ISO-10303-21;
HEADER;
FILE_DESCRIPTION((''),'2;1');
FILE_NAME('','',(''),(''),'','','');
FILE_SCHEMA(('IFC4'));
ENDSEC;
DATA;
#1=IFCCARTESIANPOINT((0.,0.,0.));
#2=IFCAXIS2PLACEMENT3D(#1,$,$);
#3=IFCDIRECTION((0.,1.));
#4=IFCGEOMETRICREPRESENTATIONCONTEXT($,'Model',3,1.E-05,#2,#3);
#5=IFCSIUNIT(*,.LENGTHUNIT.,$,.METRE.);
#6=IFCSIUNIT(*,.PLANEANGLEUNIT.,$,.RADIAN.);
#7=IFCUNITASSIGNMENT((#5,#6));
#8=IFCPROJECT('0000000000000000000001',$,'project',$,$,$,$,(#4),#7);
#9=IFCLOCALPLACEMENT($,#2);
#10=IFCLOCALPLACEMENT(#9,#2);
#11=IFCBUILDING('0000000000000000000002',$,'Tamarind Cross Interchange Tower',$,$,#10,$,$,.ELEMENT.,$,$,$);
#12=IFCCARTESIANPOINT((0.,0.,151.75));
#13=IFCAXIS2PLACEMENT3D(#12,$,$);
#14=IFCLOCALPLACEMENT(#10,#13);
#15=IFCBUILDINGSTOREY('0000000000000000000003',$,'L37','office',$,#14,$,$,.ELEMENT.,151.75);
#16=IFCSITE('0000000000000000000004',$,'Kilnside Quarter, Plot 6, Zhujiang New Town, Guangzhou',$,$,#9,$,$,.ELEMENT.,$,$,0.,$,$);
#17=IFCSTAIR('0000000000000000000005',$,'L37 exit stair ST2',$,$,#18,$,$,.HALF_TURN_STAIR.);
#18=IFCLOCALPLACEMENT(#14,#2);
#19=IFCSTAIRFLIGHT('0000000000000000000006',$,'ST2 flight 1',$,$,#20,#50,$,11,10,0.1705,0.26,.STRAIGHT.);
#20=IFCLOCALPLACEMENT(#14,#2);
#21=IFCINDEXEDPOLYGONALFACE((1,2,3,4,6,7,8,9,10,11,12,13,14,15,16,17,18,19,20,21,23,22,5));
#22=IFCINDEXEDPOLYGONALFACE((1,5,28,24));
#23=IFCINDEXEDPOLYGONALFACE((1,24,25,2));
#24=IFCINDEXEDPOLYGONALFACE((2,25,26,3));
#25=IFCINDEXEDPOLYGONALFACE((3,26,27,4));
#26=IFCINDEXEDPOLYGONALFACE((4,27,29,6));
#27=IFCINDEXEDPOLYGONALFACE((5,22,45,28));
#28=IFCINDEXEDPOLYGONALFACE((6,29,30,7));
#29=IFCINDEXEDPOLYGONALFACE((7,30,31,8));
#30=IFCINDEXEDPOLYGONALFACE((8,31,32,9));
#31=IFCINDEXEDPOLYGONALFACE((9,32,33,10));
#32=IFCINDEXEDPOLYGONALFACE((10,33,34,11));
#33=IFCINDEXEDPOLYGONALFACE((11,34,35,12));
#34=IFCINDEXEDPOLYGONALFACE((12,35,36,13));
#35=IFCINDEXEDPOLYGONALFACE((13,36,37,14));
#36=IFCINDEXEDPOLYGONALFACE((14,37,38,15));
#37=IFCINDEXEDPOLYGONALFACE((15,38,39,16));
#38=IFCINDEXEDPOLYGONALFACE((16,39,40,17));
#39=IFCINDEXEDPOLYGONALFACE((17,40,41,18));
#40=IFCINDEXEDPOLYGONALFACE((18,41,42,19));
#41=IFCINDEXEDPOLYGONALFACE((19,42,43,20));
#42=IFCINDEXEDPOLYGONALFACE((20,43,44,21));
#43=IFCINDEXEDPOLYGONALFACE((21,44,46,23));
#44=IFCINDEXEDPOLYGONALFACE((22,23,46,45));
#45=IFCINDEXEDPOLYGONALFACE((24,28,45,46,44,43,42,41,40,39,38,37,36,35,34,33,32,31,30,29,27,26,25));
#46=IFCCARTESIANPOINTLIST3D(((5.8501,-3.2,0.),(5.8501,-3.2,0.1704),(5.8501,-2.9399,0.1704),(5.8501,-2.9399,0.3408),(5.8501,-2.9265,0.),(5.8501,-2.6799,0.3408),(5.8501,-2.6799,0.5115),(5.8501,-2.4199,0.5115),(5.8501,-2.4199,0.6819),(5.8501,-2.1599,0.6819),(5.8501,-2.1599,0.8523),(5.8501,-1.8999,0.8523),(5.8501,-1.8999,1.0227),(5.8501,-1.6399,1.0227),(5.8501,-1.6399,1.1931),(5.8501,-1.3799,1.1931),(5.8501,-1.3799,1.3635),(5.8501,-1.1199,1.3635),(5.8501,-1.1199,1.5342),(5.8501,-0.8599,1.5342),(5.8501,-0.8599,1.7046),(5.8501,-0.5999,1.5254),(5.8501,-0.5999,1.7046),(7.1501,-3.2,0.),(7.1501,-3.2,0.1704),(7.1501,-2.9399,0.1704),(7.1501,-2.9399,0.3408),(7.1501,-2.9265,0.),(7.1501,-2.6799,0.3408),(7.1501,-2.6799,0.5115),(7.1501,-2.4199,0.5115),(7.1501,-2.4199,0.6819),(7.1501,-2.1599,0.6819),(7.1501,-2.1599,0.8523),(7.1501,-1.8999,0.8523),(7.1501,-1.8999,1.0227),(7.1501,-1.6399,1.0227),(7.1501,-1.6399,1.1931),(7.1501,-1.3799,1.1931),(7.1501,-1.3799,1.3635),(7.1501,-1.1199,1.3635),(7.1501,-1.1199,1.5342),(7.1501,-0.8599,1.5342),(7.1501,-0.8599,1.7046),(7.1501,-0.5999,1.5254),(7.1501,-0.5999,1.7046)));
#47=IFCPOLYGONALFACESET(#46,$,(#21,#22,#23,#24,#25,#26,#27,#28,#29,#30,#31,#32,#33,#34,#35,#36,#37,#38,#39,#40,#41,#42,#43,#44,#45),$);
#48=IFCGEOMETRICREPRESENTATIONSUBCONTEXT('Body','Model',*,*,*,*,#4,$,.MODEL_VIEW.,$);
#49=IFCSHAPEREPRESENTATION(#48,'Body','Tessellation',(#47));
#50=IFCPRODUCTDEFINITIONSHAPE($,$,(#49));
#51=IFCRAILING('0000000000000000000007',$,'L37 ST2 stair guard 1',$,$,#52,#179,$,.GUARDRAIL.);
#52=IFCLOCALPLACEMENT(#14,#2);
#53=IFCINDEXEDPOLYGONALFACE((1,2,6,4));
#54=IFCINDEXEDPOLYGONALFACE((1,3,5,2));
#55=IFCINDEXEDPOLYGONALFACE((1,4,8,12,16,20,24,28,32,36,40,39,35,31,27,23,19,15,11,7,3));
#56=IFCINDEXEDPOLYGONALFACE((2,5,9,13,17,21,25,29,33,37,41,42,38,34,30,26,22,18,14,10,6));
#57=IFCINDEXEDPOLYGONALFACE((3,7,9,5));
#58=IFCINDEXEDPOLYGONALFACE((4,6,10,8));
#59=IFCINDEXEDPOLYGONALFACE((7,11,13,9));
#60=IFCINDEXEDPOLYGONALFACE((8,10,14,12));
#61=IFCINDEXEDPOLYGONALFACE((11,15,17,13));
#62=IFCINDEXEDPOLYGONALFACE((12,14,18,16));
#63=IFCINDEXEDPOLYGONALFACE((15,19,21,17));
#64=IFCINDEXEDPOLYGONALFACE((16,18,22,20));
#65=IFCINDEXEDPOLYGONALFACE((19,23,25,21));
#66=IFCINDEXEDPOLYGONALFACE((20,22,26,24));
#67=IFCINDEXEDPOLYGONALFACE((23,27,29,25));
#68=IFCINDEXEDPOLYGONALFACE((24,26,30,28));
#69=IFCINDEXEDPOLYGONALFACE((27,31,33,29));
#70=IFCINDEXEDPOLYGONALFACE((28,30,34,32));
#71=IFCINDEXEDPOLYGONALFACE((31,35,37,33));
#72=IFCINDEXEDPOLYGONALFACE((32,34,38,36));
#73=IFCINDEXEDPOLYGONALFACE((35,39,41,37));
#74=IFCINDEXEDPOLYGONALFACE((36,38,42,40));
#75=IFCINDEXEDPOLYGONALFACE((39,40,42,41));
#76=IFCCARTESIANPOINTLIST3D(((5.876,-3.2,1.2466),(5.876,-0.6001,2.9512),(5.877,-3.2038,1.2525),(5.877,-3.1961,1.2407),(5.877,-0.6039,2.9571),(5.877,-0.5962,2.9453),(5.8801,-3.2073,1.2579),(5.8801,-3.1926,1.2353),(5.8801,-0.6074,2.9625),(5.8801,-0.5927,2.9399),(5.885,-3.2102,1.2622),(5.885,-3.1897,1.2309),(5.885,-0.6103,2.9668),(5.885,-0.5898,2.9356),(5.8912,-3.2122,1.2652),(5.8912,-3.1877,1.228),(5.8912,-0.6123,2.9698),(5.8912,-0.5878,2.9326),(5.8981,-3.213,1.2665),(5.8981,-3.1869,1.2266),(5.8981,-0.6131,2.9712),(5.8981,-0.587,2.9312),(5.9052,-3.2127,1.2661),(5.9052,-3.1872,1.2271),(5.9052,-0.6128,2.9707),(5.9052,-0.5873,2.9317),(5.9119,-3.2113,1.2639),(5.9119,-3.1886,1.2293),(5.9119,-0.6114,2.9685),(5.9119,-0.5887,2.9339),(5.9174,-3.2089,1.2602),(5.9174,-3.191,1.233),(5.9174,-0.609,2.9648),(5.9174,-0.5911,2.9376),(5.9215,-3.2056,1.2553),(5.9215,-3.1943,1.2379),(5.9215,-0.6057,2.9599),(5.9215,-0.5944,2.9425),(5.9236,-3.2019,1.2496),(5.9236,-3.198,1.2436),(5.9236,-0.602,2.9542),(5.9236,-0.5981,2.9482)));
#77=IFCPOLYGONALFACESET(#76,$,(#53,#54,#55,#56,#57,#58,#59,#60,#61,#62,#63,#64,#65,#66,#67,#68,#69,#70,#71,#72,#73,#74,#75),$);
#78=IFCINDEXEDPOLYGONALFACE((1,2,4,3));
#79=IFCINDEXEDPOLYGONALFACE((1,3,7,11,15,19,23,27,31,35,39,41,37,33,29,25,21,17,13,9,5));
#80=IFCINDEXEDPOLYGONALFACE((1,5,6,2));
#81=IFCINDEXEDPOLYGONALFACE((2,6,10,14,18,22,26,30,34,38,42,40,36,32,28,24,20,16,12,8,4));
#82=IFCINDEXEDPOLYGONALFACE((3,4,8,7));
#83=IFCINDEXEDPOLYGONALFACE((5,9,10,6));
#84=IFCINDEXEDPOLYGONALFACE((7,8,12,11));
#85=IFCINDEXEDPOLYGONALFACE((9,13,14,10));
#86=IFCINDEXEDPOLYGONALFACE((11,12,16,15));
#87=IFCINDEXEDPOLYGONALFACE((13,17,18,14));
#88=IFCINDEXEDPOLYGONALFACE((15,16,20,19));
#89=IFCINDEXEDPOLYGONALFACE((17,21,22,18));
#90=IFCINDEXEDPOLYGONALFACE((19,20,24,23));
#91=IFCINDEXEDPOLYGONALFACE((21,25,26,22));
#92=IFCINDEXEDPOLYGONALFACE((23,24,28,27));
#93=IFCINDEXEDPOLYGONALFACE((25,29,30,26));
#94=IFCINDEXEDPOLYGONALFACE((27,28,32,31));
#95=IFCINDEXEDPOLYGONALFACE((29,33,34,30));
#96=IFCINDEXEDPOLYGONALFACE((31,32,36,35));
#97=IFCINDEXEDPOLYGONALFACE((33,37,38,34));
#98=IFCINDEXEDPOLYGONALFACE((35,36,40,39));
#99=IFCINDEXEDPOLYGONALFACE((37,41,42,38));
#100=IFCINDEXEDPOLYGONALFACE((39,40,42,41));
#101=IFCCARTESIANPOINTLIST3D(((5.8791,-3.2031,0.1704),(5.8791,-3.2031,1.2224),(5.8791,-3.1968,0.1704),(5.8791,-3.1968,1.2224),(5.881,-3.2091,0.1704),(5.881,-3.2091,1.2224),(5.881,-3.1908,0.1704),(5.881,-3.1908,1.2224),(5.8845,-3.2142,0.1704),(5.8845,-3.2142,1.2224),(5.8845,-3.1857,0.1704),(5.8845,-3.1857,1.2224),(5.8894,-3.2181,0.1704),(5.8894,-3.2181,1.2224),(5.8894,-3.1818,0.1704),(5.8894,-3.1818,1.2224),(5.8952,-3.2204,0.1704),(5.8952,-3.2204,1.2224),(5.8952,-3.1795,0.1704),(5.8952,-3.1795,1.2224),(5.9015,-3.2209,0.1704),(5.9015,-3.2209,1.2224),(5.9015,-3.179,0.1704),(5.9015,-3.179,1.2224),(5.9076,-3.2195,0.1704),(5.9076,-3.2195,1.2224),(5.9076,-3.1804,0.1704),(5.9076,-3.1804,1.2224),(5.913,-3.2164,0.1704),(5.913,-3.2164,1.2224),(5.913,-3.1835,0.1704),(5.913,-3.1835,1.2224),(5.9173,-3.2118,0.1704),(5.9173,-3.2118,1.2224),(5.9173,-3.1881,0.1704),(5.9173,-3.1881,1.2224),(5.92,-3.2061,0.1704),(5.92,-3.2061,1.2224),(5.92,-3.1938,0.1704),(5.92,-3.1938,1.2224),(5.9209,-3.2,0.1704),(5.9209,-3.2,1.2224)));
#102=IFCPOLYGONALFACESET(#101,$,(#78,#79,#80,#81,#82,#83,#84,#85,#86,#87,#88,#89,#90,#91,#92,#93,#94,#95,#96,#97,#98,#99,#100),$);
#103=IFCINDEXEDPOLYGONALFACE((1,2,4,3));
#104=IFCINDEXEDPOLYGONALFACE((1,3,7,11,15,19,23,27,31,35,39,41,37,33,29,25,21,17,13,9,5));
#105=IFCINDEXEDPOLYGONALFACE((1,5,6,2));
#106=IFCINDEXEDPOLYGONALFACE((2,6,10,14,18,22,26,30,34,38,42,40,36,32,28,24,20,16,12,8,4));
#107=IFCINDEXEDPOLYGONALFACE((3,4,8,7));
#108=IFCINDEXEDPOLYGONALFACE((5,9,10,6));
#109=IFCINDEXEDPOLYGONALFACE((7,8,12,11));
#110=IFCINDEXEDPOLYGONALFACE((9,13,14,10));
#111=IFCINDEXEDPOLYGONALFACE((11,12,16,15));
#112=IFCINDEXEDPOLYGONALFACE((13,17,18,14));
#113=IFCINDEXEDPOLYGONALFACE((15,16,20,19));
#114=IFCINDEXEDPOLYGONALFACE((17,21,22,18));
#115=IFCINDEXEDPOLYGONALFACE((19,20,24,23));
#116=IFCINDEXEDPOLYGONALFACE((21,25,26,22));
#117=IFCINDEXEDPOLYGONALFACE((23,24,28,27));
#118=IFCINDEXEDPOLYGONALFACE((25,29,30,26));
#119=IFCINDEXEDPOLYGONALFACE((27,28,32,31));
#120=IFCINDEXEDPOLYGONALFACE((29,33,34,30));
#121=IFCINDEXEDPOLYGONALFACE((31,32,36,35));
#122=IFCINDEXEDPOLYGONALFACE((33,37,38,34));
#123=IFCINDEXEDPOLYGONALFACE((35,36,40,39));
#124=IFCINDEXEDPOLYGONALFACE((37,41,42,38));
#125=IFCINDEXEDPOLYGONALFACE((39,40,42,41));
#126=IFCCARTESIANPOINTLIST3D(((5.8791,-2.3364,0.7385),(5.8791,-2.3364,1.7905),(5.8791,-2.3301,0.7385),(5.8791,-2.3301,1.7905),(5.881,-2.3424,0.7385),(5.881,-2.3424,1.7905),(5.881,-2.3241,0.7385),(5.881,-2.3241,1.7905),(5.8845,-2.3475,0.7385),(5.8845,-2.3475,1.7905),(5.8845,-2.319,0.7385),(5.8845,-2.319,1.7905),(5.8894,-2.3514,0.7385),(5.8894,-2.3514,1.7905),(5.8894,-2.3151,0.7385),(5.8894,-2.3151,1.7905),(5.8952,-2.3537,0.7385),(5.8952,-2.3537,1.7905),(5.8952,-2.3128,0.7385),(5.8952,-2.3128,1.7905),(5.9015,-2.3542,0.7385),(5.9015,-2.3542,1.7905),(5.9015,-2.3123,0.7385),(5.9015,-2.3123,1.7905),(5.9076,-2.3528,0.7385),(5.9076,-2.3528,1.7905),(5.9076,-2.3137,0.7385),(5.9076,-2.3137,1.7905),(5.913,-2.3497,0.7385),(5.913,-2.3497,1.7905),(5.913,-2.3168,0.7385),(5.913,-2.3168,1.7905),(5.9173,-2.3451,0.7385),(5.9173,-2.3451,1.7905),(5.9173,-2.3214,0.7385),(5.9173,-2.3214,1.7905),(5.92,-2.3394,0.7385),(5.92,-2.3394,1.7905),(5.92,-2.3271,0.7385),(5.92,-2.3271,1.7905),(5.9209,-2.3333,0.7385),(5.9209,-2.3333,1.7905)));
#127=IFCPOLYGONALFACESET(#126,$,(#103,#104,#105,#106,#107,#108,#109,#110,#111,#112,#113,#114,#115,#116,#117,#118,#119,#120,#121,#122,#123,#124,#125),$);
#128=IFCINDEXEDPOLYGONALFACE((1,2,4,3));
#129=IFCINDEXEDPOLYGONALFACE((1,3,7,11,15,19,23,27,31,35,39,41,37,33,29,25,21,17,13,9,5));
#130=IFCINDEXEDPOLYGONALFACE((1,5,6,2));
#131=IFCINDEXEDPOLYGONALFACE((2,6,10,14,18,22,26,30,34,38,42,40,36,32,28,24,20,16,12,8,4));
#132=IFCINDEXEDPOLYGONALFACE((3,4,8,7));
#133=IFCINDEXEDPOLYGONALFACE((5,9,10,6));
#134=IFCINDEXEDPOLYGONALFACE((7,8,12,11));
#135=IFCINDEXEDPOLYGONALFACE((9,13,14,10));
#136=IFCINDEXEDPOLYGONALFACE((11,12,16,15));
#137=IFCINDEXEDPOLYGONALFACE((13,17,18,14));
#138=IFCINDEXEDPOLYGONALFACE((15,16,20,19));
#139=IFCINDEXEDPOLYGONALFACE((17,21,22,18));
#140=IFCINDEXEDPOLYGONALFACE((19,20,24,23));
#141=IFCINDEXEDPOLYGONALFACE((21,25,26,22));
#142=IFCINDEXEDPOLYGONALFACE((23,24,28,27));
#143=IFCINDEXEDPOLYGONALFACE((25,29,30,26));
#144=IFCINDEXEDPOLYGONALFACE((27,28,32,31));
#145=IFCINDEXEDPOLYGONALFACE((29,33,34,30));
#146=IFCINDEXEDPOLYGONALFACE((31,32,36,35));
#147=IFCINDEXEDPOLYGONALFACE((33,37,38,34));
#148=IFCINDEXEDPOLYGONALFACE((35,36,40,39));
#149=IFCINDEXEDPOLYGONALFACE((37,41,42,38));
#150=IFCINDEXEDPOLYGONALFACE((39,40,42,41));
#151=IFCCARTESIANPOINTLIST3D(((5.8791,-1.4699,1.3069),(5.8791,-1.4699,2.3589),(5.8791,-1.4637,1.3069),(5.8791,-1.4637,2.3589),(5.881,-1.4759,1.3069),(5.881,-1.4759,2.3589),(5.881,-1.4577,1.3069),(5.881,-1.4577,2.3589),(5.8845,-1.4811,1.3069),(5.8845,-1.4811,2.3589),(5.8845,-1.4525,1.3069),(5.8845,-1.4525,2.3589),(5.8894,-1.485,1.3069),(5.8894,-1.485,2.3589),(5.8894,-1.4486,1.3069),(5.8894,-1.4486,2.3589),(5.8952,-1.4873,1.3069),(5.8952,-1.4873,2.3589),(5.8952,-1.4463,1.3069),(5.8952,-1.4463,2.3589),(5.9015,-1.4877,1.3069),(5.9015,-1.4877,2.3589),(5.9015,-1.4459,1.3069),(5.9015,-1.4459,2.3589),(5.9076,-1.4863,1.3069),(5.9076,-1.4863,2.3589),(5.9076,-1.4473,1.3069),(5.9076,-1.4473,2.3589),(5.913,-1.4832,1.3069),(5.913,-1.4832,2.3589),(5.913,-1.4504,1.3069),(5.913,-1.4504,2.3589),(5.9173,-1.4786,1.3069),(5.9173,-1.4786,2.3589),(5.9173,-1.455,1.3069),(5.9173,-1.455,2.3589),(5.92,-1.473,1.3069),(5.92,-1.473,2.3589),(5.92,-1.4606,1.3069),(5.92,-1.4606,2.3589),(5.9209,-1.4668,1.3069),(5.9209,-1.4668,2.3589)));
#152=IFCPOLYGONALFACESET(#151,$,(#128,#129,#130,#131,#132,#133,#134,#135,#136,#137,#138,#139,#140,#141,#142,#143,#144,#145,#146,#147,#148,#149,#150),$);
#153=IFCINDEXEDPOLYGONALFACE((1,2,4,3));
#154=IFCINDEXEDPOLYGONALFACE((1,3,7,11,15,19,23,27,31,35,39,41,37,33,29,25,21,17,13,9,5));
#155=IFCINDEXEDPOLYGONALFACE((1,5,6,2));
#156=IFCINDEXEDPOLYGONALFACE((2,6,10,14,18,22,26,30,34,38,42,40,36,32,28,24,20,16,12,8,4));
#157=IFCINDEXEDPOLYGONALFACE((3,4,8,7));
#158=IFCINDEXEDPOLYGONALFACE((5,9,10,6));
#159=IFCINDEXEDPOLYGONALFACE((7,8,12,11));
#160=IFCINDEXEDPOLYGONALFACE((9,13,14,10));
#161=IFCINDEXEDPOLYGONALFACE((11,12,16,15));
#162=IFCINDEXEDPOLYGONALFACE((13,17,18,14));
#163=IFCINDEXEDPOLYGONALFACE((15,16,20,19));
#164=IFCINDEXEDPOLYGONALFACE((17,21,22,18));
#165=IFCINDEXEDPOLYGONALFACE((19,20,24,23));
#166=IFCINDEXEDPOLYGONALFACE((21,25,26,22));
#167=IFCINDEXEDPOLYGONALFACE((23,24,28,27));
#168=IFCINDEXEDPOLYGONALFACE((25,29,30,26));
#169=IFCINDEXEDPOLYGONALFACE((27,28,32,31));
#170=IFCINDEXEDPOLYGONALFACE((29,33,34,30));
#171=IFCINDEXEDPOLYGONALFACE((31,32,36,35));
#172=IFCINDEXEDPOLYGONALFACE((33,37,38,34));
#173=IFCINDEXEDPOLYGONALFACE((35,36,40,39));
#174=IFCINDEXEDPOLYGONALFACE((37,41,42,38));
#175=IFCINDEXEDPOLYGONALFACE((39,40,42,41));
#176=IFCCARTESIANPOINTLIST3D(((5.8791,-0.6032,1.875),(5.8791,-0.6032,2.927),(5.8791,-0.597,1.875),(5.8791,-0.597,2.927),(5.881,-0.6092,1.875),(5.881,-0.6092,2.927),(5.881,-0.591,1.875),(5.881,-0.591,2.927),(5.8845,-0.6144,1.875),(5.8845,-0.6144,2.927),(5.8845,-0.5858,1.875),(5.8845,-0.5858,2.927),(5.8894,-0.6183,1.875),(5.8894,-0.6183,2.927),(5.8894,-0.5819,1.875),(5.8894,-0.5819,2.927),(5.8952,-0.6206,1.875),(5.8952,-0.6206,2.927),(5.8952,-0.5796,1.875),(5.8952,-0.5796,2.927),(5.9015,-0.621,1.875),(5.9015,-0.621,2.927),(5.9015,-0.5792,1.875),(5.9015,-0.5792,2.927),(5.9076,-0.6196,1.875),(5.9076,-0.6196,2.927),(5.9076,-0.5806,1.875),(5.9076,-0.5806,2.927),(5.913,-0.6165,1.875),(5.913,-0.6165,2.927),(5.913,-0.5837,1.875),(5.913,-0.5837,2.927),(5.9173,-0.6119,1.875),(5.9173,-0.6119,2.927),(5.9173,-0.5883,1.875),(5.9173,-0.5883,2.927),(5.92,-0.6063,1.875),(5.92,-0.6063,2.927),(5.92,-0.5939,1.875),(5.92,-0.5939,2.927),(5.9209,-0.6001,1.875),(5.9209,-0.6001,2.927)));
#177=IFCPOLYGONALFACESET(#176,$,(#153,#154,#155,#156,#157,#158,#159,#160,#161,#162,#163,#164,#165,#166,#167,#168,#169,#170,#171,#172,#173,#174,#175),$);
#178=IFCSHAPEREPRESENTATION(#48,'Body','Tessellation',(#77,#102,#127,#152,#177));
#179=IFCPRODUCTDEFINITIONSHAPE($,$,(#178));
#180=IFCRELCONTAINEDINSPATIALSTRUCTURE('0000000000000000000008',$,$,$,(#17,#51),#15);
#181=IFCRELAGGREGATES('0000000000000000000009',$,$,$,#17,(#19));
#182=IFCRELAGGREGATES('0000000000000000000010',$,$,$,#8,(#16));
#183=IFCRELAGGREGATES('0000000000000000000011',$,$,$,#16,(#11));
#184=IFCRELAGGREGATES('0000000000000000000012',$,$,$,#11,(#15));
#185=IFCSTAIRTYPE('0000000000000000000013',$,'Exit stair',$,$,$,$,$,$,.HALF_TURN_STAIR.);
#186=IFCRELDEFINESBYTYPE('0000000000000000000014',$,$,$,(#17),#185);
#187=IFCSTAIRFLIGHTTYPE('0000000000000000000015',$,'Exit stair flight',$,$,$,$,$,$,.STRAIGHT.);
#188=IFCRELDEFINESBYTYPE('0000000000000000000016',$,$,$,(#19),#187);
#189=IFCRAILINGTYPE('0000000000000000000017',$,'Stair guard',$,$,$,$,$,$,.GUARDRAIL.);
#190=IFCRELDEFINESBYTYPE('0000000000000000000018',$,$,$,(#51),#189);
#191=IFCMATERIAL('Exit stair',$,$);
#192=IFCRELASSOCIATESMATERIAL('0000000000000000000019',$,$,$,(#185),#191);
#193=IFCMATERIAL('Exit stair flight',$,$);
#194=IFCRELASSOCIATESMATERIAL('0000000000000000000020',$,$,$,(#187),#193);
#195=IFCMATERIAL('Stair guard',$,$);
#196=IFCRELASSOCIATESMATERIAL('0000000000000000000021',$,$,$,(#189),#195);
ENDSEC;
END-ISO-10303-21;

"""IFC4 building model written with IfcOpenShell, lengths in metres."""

from ifc_helpers import new_model, si_unit, direction, frame, origin, origin_2d, place, context, subcontext, project, spatial, polyline, circle, outline, extrude, material, type_object, element, aggregate, save


model = new_model("IFC4")

# Units and contexts
model_context = context("Model", 3, precision=1e-05, world=origin(), true_north=direction((0.0, 1.0)))
body_context = subcontext(model_context, "Body", "Model", "MODEL_VIEW")
ifc_project = project(units=[si_unit("LENGTHUNIT", "METRE"), si_unit("PLANEANGLEUNIT", "RADIAN")], contexts=[model_context])

# Site, building, storey
site_placement = place(None, origin())
site = spatial("IfcSite", under=ifc_project, at=site_placement, Name="Kilnside Quarter, Plot 6, Zhujiang New Town, Guangzhou", CompositionType="ELEMENT", RefElevation=0.0)
building_placement = place(site_placement, origin())
building = spatial("IfcBuilding", under=site, at=building_placement, Name="Tamarind Cross Interchange Tower", CompositionType="ELEMENT")
storey_placement = place(building_placement, frame((0.0, 0.0, 151.75)))
storey = spatial("IfcBuildingStorey", under=building, at=storey_placement, Name="L37", Description="office", CompositionType="ELEMENT", Elevation=151.75)

# Stair, stair flight
ifc_material_1 = material(Name="Exit stair")
stair_type = type_object("IfcStairType", Name="Exit stair", PredefinedType="HALF_TURN_STAIR", material=ifc_material_1)
stair_placement = place(storey_placement, origin())
stair = element("IfcStair", 1, at=stair_placement, inside=storey, type_object=stair_type, Name="L37 exit stair ST2", PredefinedType="HALF_TURN_STAIR")
ifc_material_2 = material(Name="Exit stair flight")
stair_flight_type = type_object("IfcStairFlightType", Name="Exit stair flight", PredefinedType="STRAIGHT", material=ifc_material_2)
stair_flight_placement = place(storey_placement, frame((6.5, -3.2, 0.0), z_axis=(0.0, 0.0, 1.0), x_axis=(0.0, 1.0, 0.0)))
stair_flight = element("IfcStairFlight", 2, at=stair_flight_placement, type_object=stair_flight_type, Name="ST2 flight 1", NumberOfRisers=11, NumberOfTreads=10, PredefinedType="STRAIGHT", RiserHeight=0.1705, TreadLength=0.26, context=body_context, shape_type="SweptSolid", body=[
    extrude(outline(polyline([(0.0, 0.0), (0.0, 0.1704), (0.26, 0.1704), (0.26, 0.3408), (0.52, 0.3408), (0.52, 0.5115), (0.78, 0.5115), (0.78, 0.6819), (1.04, 0.6819), (1.04, 0.8523), (1.3, 0.8523), (1.3, 1.0227), (1.5601, 1.0227), (1.5601, 1.1931), (1.8201, 1.1931), (1.8201, 1.3635), (2.0801, 1.3635), (2.0801, 1.5342), (2.3401, 1.5342), (2.3401, 1.7046), (2.6001, 1.7046), (2.6001, 1.875), (2.6001, 1.5254), (0.2734, 0.0), (0.0, 0.0)])), frame((0.0, 0.6499, 0.0), z_axis=(0.0, -1.0, 0.0), x_axis=(1.0, 0.0, 0.0)), (0.0, 0.0, 1.0), 1.3),
])
aggregate(stair, [stair_flight])

# Railing
ifc_material_3 = material(Name="Stair guard")
railing_type_1 = type_object("IfcRailingType", Name="Stair guard", PredefinedType="GUARDRAIL", material=ifc_material_3)
railing_1_placement = place(storey_placement, frame((5.8999, -3.2, 0.1704)))
element("IfcRailing", 3, at=railing_1_placement, inside=storey, type_object=railing_type_1, Name="L37 ST2 stair guard 1", PredefinedType="GUARDRAIL", context=body_context, shape_type="SweptSolid", body=[
    extrude(circle(Radius=0.0239, at=origin_2d()), frame((0.0, 0.0, 1.0762), z_axis=(0.0, 0.836279, 0.548305), x_axis=(-1.0, 0.0, 0.0)), (0.0, 0.0, 1.0), 3.1089),
    extrude(circle(Radius=0.021, at=origin_2d()), origin(), (0.0, 0.0, 1.0), 1.052),
    extrude(circle(Radius=0.021, at=origin_2d()), frame((0.0, 0.8667, 0.5681)), (0.0, 0.0, 1.0), 1.052),
    extrude(circle(Radius=0.021, at=origin_2d()), frame((0.0, 1.7332, 1.1365)), (0.0, 0.0, 1.0), 1.052),
    extrude(circle(Radius=0.021, at=origin_2d()), frame((0.0, 2.5999, 1.7046)), (0.0, 0.0, 1.0), 1.052),
])

save(model, "model.ifc")
